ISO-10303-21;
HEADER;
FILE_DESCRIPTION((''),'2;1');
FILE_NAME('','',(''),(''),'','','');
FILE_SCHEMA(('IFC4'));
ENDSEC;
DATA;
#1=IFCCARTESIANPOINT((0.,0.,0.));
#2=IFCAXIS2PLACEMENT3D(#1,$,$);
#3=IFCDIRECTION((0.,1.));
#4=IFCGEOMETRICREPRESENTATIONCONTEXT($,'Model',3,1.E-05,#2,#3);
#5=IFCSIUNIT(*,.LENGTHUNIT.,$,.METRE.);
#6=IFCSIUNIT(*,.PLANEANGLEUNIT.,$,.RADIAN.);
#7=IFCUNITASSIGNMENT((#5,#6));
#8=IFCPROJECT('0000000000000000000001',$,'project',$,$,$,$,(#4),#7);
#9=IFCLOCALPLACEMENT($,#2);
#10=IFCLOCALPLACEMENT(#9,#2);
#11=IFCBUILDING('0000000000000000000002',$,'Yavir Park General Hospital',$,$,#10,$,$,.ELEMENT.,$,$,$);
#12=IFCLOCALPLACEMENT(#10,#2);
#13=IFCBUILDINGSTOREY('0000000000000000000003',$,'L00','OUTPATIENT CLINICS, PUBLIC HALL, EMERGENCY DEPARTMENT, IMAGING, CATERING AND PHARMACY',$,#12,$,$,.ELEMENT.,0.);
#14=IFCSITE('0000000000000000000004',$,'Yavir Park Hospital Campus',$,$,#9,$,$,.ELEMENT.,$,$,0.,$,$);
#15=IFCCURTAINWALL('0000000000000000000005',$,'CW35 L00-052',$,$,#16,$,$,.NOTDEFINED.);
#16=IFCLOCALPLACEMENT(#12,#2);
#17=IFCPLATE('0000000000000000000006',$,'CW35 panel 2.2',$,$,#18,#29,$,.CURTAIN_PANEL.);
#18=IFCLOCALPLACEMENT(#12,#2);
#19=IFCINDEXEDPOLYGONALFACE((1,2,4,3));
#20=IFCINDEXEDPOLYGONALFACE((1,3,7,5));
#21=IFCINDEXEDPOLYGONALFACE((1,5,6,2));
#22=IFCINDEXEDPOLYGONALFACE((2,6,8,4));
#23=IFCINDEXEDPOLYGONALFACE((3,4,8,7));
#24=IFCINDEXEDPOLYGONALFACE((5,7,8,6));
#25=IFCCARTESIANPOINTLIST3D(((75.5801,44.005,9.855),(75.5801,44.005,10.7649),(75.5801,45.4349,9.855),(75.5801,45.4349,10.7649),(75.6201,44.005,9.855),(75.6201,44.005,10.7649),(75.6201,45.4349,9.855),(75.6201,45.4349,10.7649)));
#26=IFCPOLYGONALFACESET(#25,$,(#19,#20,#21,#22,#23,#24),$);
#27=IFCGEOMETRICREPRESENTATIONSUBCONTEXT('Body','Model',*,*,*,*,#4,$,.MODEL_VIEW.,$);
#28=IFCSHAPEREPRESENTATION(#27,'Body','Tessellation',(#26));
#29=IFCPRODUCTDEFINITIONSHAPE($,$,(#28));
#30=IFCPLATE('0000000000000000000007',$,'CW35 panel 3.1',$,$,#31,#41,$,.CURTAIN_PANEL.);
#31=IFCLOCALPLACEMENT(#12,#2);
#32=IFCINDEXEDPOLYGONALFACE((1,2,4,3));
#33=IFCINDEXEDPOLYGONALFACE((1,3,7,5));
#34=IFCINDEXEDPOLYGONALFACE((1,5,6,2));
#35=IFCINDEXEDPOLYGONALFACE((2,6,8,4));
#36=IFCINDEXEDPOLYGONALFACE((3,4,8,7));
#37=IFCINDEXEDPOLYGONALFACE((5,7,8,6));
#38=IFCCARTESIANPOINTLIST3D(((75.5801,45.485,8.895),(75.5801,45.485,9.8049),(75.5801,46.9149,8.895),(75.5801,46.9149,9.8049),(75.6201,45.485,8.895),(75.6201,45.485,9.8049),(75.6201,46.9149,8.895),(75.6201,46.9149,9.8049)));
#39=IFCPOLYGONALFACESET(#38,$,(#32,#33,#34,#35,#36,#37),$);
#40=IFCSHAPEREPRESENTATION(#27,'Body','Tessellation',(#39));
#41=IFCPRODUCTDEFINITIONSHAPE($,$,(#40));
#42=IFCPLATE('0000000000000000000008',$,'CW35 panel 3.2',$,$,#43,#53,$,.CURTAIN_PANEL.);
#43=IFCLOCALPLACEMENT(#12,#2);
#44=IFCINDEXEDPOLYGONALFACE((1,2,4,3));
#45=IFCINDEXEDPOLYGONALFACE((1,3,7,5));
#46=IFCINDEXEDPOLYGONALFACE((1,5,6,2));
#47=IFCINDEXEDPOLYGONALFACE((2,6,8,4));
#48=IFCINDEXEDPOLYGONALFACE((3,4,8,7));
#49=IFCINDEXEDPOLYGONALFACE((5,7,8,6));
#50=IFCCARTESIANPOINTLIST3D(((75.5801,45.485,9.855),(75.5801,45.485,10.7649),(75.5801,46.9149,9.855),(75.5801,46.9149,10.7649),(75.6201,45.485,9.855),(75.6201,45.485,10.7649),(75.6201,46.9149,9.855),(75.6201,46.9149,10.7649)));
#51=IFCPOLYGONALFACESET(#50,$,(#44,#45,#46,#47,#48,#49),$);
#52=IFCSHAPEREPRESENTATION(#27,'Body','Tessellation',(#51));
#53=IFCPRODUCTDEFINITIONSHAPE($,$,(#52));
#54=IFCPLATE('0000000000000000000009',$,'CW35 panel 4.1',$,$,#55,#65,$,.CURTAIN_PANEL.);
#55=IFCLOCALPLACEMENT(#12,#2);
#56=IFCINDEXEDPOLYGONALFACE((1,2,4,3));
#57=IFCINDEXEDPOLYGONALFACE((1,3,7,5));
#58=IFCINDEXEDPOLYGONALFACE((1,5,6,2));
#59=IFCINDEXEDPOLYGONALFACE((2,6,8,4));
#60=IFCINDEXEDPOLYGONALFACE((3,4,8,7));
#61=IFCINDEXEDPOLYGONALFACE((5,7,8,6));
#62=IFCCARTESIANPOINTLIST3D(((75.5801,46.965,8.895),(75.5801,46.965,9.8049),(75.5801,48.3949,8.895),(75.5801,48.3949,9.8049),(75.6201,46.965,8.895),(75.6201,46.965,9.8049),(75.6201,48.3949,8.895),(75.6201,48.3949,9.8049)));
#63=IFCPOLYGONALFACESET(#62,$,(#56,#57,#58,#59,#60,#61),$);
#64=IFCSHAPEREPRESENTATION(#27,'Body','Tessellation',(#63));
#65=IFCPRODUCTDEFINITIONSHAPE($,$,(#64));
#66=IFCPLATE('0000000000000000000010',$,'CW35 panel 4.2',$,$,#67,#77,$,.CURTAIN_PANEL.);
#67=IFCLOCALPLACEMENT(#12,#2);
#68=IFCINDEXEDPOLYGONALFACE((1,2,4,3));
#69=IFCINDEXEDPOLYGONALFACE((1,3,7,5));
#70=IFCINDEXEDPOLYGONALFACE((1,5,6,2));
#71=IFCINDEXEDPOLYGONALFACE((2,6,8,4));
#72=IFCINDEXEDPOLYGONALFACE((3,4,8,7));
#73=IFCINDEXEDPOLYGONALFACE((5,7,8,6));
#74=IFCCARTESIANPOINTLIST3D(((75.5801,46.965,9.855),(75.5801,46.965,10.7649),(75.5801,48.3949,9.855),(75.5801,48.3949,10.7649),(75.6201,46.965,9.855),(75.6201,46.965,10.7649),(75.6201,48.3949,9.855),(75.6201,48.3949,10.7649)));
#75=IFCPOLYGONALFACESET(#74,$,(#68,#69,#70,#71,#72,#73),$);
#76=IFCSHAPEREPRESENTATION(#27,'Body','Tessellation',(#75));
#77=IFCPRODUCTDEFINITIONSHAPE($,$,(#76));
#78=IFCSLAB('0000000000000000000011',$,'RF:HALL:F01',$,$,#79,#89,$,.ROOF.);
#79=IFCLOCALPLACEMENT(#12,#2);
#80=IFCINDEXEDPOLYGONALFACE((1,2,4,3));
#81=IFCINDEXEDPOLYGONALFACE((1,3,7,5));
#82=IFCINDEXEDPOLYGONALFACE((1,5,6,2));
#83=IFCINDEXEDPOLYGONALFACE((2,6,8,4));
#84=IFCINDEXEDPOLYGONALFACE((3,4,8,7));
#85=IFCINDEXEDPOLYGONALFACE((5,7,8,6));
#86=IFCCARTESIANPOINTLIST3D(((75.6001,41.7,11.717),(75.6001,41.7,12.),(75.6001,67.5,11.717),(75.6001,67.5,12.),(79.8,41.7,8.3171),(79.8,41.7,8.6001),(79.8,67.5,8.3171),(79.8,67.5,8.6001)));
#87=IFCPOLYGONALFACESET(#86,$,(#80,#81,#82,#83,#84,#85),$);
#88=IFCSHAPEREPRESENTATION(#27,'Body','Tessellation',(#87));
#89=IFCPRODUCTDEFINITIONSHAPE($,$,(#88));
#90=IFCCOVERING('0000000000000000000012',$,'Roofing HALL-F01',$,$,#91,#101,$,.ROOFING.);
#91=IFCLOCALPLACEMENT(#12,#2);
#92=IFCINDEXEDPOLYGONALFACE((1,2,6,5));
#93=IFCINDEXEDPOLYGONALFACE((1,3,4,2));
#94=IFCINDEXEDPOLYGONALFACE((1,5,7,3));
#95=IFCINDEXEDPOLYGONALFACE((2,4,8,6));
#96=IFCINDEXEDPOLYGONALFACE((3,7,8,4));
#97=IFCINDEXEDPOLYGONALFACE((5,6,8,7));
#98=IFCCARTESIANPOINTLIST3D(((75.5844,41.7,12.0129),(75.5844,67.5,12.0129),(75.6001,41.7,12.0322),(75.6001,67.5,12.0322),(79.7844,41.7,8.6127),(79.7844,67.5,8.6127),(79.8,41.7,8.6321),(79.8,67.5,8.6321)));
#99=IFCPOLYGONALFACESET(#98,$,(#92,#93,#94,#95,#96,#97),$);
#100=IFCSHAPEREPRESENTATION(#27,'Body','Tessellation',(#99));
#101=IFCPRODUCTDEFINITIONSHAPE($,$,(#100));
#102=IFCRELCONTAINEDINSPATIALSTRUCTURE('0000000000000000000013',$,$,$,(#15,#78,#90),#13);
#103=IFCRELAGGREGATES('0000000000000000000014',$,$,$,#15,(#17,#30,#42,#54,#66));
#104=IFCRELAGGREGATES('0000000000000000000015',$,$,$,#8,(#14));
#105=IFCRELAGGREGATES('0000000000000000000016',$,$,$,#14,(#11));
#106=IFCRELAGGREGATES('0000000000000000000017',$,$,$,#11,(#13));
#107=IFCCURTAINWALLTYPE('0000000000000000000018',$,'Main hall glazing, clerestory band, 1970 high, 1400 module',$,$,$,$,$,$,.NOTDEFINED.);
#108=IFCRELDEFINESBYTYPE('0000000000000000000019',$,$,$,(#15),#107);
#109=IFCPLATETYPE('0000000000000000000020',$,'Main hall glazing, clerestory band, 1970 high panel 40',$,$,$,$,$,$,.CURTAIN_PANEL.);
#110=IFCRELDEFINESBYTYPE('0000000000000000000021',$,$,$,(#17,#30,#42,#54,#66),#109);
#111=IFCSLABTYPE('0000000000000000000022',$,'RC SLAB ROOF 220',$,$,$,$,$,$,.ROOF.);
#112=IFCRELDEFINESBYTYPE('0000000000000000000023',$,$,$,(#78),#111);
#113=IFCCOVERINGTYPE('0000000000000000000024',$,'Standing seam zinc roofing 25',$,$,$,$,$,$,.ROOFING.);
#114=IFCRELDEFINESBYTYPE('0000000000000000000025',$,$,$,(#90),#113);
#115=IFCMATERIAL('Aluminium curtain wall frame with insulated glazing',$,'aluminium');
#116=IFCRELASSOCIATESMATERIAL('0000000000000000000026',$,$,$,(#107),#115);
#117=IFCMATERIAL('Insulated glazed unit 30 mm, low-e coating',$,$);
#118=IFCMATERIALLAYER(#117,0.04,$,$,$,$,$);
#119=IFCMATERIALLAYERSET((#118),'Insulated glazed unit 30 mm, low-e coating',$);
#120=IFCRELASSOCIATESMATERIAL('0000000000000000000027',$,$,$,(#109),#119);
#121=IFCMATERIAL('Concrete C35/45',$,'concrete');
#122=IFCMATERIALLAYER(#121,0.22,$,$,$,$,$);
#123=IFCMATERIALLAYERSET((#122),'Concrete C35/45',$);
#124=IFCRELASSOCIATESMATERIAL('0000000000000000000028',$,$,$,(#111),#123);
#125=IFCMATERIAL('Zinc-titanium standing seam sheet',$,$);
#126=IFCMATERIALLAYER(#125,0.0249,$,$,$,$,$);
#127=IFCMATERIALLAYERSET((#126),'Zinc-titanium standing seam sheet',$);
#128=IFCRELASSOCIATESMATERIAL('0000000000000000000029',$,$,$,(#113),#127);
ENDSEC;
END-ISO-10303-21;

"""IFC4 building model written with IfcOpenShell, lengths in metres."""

from ifc_helpers import new_model, si_unit, direction, frame, origin, origin_2d, place, context, subcontext, project, spatial, polyline, rectangle, outline, extrude, material, layer, layer_set, type_object, element, aggregate, save


model = new_model("IFC4")

# Units and contexts
model_context = context("Model", 3, precision=1e-05, world=origin(), true_north=direction((0.0, 1.0)))
body_context = subcontext(model_context, "Body", "Model", "MODEL_VIEW")
ifc_project = project(units=[si_unit("LENGTHUNIT", "METRE"), si_unit("PLANEANGLEUNIT", "RADIAN")], contexts=[model_context])

# Site, building, storey
site_placement = place(None, origin())
site = spatial("IfcSite", under=ifc_project, at=site_placement, Name="Yavir Park Hospital Campus", CompositionType="ELEMENT", RefElevation=0.0)
building_placement = place(site_placement, origin())
building = spatial("IfcBuilding", under=site, at=building_placement, Name="Yavir Park General Hospital", CompositionType="ELEMENT")
storey_placement = place(building_placement, origin())
storey = spatial("IfcBuildingStorey", under=building, at=storey_placement, Name="L00", Description="OUTPATIENT CLINICS, PUBLIC HALL, EMERGENCY DEPARTMENT, IMAGING, CATERING AND PHARMACY", CompositionType="ELEMENT", Elevation=0.0)

# Curtain wall
ifc_material_1 = material(Name="Aluminium curtain wall frame with insulated glazing", Category="aluminium")
curtain_wall_type_1 = type_object("IfcCurtainWallType", Name="Main hall glazing, clerestory band, 1970 high, 1400 module", PredefinedType="NOTDEFINED", material=ifc_material_1)
curtain_wall_1_placement = place(storey_placement, origin())
curtain_wall_1 = element("IfcCurtainWall", 1, at=curtain_wall_1_placement, inside=storey, type_object=curtain_wall_type_1, Name="CW35 L00-052", PredefinedType="NOTDEFINED")

# Plates
ifc_material_2 = material(Name="Insulated glazed unit 30 mm, low-e coating")
ifc_layer_1 = layer(ifc_material_2, 0.04)
ifc_layer_set_1 = layer_set([ifc_layer_1], Name="Insulated glazed unit 30 mm, low-e coating")
plate_type = type_object("IfcPlateType", Name="Main hall glazing, clerestory band, 1970 high panel 40", PredefinedType="CURTAIN_PANEL", material=ifc_layer_set_1)
plate_1_placement = place(storey_placement, frame((75.6001, 44.72, 9.855), z_axis=(0.0, 0.0, 1.0), x_axis=(0.0, 1.0, 0.0)))
plate_1 = element("IfcPlate", 2, at=plate_1_placement, type_object=plate_type, Name="CW35 panel 2.2", PredefinedType="CURTAIN_PANEL", context=body_context, shape_type="SweptSolid", body=[
    extrude(rectangle(XDim=1.4299, YDim=0.04, at=origin_2d()), origin(), (0.0, 0.0, 1.0), 0.9099),
])
plate_2_placement = place(storey_placement, frame((75.6001, 46.2, 8.895), z_axis=(0.0, 0.0, 1.0), x_axis=(0.0, 1.0, 0.0)))
plate_2 = element("IfcPlate", 3, at=plate_2_placement, type_object=plate_type, Name="CW35 panel 3.1", PredefinedType="CURTAIN_PANEL", context=body_context, shape_type="SweptSolid", body=[
    extrude(rectangle(XDim=1.4299, YDim=0.04, at=origin_2d()), origin(), (0.0, 0.0, 1.0), 0.9099),
])
plate_3_placement = place(storey_placement, frame((75.6001, 46.2, 9.855), z_axis=(0.0, 0.0, 1.0), x_axis=(0.0, 1.0, 0.0)))
plate_3 = element("IfcPlate", 4, at=plate_3_placement, type_object=plate_type, Name="CW35 panel 3.2", PredefinedType="CURTAIN_PANEL", context=body_context, shape_type="SweptSolid", body=[
    extrude(rectangle(XDim=1.4299, YDim=0.04, at=origin_2d()), origin(), (0.0, 0.0, 1.0), 0.9099),
])
plate_4_placement = place(storey_placement, frame((75.6001, 47.6799, 8.895), z_axis=(0.0, 0.0, 1.0), x_axis=(0.0, 1.0, 0.0)))
plate_4 = element("IfcPlate", 5, at=plate_4_placement, type_object=plate_type, Name="CW35 panel 4.1", PredefinedType="CURTAIN_PANEL", context=body_context, shape_type="SweptSolid", body=[
    extrude(rectangle(XDim=1.4299, YDim=0.04, at=origin_2d()), origin(), (0.0, 0.0, 1.0), 0.9099),
])
plate_5_placement = place(storey_placement, frame((75.6001, 47.6799, 9.855), z_axis=(0.0, 0.0, 1.0), x_axis=(0.0, 1.0, 0.0)))
plate_5 = element("IfcPlate", 6, at=plate_5_placement, type_object=plate_type, Name="CW35 panel 4.2", PredefinedType="CURTAIN_PANEL", context=body_context, shape_type="SweptSolid", body=[
    extrude(rectangle(XDim=1.4299, YDim=0.04, at=origin_2d()), origin(), (0.0, 0.0, 1.0), 0.9099),
])
aggregate(curtain_wall_1, [plate_1, plate_2, plate_3, plate_4, plate_5])

# Slab
ifc_material_3 = material(Name="Concrete C35/45", Category="concrete")
ifc_layer_2 = layer(ifc_material_3, 0.22)
ifc_layer_set_2 = layer_set([ifc_layer_2], Name="Concrete C35/45")
slab_type = type_object("IfcSlabType", Name="RC SLAB ROOF 220", PredefinedType="ROOF", material=ifc_layer_set_2)
slab_placement = place(storey_placement, frame((75.6001, 41.7, 12.0), z_axis=(0.0, 0.0, 1.0), x_axis=(1.0, 0.0, 0.0)))
element("IfcSlab", 7, at=slab_placement, inside=storey, type_object=slab_type, Name="RF:HALL:F01", PredefinedType="ROOF", context=body_context, shape_type="SweptSolid", body=[
    extrude(outline(polyline([(0.0, 0.0), (4.2, -3.3999), (4.2, -3.6829), (0.0, -0.283), (0.0, 0.0)])), frame((0.0, 25.8, 0.0), z_axis=(0.0, -1.0, 0.0), x_axis=(1.0, 0.0, 0.0)), (0.0, 0.0, 1.0), 25.8),
])

# Covering
ifc_material_4 = material(Name="Zinc-titanium standing seam sheet")
ifc_layer_3 = layer(ifc_material_4, 0.0249)
ifc_layer_set_3 = layer_set([ifc_layer_3], Name="Zinc-titanium standing seam sheet")
covering_type = type_object("IfcCoveringType", Name="Standing seam zinc roofing 25", PredefinedType="ROOFING", material=ifc_layer_set_3)
covering_placement = place(storey_placement, frame((75.6001, 41.7, 12.0322), z_axis=(0.629219, 0.0, 0.777228), x_axis=(0.777228, 0.0, -0.629219)))
element("IfcCovering", 8, at=covering_placement, inside=storey, type_object=covering_type, Name="Roofing HALL-F01", PredefinedType="ROOFING", context=body_context, shape_type="SweptSolid", body=[
    extrude(outline(polyline([(0.0, 0.0), (5.4038, 0.0), (5.4038, 25.8), (0.0, 25.8), (0.0, 0.0)])), origin(), (0.0, 0.0, -1.0), 0.0249),
])

save(model, "model.ifc")
